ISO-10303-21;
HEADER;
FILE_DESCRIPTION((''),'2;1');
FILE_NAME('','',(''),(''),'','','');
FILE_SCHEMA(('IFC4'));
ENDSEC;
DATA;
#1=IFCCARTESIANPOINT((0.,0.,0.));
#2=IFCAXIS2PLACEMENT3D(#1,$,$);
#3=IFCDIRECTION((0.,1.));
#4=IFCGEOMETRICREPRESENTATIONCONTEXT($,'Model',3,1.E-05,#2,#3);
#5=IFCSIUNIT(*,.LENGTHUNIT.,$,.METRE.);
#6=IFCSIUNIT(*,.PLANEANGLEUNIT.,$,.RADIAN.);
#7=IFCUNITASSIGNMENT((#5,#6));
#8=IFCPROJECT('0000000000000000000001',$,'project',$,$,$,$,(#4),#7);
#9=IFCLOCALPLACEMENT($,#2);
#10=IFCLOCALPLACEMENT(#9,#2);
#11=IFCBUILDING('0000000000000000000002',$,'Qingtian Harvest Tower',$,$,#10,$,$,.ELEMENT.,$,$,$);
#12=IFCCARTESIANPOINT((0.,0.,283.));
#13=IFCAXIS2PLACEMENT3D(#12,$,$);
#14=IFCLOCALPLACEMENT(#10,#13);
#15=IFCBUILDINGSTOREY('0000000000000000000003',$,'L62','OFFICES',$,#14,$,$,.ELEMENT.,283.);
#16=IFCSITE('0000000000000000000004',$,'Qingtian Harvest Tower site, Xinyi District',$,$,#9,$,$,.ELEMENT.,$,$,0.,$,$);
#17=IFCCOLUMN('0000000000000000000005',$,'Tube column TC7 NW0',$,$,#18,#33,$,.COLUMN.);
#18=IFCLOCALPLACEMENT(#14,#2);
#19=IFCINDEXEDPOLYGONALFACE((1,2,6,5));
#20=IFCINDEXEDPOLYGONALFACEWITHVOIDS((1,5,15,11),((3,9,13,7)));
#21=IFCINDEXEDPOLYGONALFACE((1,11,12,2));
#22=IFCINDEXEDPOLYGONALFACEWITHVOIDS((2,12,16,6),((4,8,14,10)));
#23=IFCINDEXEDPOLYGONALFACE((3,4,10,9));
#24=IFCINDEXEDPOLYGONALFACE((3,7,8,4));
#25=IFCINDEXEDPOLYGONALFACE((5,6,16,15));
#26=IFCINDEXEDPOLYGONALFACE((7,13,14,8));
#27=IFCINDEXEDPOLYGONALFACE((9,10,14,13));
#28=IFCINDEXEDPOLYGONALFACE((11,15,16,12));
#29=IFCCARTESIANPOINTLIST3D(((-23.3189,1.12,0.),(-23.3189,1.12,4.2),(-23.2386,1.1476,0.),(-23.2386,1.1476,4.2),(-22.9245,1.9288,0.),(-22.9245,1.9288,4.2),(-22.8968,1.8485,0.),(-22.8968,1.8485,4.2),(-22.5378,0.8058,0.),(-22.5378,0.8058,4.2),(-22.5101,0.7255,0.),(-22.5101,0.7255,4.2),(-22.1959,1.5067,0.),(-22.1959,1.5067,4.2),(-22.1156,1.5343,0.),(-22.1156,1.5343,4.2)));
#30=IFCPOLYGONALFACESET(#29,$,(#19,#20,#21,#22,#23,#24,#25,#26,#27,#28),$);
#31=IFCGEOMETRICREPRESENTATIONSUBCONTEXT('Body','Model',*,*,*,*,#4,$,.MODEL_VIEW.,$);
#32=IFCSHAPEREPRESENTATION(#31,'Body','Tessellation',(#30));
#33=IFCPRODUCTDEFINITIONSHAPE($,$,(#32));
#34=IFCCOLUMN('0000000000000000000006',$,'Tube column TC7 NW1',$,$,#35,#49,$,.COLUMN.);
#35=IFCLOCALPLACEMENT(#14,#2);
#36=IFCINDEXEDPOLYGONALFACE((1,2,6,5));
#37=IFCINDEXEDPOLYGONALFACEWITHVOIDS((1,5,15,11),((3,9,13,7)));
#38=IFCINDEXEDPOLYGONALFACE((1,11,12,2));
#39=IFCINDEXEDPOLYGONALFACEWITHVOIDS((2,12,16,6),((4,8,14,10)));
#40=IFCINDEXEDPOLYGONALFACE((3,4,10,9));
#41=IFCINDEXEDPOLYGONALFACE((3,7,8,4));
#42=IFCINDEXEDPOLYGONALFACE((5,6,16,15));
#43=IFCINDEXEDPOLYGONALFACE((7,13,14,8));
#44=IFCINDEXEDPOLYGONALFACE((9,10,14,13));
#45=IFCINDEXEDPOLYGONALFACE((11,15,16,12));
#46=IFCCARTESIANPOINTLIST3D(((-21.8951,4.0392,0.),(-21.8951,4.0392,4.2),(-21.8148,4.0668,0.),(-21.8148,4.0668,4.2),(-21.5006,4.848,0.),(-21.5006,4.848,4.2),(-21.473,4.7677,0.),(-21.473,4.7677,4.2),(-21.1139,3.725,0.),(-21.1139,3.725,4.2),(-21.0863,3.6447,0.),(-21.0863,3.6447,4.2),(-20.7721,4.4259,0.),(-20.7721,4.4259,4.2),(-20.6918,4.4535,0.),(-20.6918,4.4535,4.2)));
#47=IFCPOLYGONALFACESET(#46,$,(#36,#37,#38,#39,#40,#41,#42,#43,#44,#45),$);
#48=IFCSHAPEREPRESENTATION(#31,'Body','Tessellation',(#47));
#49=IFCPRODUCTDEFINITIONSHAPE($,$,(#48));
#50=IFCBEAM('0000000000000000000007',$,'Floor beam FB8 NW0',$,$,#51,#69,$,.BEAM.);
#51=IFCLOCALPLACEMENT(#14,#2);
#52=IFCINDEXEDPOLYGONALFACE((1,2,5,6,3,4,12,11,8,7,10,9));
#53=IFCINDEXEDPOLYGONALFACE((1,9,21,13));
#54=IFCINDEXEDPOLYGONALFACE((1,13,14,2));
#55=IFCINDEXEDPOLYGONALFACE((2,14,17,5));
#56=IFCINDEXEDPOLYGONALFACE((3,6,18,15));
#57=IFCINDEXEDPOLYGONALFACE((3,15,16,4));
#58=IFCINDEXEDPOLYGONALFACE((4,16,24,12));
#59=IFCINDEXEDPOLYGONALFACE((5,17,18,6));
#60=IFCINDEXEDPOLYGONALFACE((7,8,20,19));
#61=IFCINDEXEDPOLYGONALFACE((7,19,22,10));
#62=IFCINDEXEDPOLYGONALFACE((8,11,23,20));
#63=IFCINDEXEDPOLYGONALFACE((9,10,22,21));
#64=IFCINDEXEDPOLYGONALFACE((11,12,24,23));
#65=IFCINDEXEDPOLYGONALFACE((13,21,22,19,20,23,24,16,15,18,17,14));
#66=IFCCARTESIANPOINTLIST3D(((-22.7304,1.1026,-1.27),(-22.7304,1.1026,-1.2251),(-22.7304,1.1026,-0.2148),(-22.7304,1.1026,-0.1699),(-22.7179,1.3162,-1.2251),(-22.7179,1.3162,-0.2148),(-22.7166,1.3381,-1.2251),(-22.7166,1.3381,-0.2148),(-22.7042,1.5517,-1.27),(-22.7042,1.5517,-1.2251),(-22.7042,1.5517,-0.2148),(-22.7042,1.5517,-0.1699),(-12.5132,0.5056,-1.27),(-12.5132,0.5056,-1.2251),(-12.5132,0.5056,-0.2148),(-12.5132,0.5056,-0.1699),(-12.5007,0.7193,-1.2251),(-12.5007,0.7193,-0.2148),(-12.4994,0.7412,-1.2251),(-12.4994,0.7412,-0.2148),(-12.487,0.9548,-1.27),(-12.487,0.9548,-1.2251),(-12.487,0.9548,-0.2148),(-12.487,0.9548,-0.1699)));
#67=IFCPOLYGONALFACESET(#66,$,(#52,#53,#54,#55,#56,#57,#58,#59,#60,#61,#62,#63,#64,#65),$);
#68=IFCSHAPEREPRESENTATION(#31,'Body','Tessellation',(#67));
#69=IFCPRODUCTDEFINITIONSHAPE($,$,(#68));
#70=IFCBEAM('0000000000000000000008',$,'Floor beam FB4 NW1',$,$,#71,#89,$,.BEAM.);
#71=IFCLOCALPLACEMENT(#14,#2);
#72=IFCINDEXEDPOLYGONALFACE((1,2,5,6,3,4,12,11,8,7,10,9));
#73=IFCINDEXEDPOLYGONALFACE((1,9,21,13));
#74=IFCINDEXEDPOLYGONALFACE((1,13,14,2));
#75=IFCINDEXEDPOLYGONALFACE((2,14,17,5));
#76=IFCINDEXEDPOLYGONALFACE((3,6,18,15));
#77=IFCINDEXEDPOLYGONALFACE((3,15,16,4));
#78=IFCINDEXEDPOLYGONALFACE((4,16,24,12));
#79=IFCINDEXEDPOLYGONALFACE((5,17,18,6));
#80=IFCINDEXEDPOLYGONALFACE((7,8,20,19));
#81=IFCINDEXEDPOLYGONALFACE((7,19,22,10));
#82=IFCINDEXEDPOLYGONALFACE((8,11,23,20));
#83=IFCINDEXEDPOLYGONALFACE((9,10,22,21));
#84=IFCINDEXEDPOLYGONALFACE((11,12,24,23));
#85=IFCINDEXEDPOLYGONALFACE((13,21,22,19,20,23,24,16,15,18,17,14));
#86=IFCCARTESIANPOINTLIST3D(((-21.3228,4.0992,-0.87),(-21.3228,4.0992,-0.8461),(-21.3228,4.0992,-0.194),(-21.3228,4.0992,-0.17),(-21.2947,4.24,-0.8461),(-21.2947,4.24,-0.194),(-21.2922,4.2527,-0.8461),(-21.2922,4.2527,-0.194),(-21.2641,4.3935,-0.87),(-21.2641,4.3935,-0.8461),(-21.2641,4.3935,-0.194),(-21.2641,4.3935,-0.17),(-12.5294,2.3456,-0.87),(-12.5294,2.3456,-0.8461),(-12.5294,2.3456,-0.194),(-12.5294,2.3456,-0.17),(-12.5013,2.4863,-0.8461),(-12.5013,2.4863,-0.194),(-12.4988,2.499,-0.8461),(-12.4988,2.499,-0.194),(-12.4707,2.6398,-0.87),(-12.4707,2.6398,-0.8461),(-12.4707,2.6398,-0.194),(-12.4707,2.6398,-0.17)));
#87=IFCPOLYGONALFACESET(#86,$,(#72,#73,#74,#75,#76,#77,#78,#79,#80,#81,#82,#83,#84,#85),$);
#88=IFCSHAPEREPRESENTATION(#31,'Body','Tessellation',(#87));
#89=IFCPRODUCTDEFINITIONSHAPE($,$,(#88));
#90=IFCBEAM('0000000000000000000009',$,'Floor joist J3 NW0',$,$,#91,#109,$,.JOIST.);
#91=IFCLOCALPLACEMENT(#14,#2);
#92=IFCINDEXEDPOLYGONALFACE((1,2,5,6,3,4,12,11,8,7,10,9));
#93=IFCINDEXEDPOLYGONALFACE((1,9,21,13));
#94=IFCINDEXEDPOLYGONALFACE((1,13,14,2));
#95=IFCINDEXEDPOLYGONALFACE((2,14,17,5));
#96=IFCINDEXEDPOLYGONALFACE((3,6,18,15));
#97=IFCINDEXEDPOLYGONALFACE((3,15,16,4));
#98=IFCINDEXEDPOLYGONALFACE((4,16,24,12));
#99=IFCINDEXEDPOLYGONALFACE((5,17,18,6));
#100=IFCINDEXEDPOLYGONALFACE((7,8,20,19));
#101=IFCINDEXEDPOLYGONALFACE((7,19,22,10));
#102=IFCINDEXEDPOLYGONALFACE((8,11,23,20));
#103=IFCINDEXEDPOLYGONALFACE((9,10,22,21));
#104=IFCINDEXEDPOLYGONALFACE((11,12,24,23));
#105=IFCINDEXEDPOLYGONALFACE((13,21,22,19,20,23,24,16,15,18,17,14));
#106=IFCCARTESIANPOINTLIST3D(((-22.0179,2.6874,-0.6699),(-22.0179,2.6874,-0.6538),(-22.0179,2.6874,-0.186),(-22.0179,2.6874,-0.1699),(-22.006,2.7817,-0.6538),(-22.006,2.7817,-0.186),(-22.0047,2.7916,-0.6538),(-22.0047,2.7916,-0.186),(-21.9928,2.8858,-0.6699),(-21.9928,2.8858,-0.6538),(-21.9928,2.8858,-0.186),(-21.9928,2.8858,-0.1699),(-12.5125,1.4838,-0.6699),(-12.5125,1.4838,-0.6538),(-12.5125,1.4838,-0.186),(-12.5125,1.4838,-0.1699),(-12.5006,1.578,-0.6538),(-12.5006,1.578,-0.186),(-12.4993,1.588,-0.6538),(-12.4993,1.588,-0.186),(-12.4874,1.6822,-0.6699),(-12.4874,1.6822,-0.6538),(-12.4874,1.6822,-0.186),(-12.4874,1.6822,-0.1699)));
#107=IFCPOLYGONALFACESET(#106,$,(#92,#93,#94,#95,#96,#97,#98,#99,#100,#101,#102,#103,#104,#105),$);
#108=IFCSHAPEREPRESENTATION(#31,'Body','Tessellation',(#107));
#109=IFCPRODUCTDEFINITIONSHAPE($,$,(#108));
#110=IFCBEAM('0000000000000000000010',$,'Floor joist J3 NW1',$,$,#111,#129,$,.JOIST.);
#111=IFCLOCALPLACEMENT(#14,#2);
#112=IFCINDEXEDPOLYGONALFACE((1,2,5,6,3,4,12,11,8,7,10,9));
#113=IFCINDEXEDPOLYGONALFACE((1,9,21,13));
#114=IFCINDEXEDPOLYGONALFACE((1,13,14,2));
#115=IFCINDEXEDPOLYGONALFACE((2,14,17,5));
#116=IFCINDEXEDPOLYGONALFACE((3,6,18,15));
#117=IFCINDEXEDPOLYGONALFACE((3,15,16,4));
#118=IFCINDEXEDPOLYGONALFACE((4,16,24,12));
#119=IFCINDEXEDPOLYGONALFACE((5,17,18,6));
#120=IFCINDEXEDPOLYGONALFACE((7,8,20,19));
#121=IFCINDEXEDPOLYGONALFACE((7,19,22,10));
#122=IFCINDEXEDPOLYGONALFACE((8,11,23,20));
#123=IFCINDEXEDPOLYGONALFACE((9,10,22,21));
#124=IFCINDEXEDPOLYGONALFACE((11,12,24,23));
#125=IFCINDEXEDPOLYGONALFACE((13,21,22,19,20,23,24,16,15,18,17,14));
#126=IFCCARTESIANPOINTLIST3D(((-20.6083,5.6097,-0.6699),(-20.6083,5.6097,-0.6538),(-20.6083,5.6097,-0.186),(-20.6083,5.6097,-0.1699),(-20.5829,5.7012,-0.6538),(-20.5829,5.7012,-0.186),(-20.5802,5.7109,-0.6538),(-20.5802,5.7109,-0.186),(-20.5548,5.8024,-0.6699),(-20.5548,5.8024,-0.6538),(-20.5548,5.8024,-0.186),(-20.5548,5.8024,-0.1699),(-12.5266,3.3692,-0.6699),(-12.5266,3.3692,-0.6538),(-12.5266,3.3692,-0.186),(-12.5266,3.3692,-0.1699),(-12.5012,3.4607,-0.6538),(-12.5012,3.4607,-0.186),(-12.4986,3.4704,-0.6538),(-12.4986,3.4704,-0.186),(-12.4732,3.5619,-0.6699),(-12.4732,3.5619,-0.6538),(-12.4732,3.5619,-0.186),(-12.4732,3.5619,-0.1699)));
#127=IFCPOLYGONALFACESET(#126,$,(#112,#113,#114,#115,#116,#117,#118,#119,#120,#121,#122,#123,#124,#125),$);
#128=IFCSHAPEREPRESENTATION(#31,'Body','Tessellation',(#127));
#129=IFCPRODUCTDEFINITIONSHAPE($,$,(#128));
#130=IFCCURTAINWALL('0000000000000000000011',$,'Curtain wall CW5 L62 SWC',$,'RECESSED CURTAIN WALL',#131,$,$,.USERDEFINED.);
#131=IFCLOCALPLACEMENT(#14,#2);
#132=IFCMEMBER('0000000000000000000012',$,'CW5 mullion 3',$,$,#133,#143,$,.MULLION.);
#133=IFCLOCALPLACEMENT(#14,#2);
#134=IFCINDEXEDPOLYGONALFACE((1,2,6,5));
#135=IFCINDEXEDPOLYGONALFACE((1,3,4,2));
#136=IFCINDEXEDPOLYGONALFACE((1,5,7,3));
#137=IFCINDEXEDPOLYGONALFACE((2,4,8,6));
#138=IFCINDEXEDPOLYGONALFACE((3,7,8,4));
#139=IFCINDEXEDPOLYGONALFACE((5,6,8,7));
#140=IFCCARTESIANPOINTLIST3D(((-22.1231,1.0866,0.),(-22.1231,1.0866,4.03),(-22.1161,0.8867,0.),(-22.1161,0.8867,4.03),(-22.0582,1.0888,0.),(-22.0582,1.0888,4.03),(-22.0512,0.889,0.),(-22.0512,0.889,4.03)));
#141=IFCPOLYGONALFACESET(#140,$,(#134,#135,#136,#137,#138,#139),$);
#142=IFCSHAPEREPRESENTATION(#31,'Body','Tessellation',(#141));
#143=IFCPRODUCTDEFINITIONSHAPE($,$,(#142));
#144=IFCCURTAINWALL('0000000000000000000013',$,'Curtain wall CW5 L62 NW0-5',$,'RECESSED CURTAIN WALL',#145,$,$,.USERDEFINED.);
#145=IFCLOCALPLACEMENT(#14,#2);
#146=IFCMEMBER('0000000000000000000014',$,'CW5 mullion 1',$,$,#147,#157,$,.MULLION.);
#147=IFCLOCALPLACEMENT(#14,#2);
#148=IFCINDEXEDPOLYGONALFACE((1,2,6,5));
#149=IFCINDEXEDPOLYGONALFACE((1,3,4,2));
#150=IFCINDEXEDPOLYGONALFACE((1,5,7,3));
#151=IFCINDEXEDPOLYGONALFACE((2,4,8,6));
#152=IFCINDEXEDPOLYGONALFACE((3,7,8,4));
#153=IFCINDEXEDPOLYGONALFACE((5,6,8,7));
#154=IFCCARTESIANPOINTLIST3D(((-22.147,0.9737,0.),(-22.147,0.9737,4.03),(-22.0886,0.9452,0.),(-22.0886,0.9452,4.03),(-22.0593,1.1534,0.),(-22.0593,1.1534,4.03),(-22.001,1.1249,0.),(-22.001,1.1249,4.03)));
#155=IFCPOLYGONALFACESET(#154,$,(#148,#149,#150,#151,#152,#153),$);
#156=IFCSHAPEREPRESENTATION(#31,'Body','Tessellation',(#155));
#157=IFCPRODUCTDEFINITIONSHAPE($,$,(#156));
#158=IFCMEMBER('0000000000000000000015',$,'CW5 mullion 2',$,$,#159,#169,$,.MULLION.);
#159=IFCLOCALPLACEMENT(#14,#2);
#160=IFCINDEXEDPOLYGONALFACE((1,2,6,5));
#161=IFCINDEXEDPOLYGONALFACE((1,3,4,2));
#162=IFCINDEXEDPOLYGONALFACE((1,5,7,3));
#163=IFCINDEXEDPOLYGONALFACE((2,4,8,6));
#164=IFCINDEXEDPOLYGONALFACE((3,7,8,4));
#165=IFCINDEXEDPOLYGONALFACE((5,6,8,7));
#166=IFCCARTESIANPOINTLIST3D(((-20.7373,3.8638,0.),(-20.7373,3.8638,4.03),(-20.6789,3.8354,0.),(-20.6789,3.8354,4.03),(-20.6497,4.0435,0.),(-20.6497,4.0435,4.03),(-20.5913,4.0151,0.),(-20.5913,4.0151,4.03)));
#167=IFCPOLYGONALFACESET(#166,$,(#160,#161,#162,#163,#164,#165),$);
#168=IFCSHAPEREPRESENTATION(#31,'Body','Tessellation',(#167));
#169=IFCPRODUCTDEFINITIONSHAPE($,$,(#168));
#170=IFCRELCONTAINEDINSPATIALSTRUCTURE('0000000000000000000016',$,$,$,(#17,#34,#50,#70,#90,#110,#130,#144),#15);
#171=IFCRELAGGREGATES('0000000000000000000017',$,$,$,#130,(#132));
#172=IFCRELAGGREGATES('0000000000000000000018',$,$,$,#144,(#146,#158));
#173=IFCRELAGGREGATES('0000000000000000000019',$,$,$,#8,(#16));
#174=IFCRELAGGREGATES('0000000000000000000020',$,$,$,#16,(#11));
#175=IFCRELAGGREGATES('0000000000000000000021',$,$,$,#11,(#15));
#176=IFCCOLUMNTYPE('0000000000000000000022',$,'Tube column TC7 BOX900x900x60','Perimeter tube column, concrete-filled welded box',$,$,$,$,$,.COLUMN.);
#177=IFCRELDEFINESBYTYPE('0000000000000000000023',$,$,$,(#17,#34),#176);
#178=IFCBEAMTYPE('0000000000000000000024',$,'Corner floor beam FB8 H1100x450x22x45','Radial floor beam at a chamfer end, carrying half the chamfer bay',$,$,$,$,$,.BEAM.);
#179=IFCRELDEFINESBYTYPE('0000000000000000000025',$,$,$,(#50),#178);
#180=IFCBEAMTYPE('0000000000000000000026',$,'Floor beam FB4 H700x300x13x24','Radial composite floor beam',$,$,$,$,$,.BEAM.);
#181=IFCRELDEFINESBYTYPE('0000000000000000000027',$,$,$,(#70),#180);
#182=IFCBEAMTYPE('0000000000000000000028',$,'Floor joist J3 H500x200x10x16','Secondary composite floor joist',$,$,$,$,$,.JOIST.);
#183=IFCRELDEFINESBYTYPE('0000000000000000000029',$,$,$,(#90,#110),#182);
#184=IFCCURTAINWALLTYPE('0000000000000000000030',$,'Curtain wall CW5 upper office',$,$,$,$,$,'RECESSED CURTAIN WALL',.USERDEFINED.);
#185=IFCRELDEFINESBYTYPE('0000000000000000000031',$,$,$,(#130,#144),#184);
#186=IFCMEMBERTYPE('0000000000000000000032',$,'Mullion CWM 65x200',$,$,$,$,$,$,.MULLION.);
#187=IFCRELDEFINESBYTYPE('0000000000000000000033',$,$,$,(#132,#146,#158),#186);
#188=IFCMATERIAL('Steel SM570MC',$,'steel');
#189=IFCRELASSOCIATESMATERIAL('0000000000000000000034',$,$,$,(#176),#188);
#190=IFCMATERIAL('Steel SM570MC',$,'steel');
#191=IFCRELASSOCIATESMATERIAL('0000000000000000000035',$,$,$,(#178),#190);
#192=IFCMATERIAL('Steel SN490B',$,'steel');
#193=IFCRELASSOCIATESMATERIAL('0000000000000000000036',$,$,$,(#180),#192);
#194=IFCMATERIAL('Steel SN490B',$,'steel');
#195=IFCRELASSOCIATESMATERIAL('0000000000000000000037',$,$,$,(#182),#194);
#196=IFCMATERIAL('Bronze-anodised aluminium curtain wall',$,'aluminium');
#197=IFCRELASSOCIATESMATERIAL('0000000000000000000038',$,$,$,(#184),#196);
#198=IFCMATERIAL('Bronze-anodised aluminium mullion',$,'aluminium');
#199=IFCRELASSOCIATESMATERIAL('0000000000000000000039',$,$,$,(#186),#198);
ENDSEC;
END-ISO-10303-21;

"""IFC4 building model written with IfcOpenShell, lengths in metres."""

from ifc_helpers import new_model, si_unit, direction, frame, origin, origin_2d, place, context, subcontext, project, spatial, rectangle, hollow_rectangle, i_section, extrude, material, material_profile, profile_set, type_object, element, aggregate, save


model = new_model("IFC4")

# Units and contexts
model_context = context("Model", 3, precision=1e-05, world=origin(), true_north=direction((0.0, 1.0)))
body_context = subcontext(model_context, "Body", "Model", "MODEL_VIEW")
ifc_project = project(units=[si_unit("LENGTHUNIT", "METRE"), si_unit("PLANEANGLEUNIT", "RADIAN")], contexts=[model_context])

# Site, building, storey
site_placement = place(None, origin())
site = spatial("IfcSite", under=ifc_project, at=site_placement, Name="Qingtian Harvest Tower site, Xinyi District", CompositionType="ELEMENT", RefElevation=0.0)
building_placement = place(site_placement, origin())
building = spatial("IfcBuilding", under=site, at=building_placement, Name="Qingtian Harvest Tower", CompositionType="ELEMENT")
storey_placement = place(building_placement, frame((0.0, 0.0, 283.0)))
storey = spatial("IfcBuildingStorey", under=building, at=storey_placement, Name="L62", Description="OFFICES", CompositionType="ELEMENT", Elevation=283.0)

# Columns
ifc_material_1 = material(Name="Steel SM570MC", Category="steel")
ifc_material_profile_1 = material_profile(ifc_material_1, hollow_rectangle(XDim=0.8999, YDim=0.8999, WallThickness=0.0601, at=origin_2d()), Name="BOX900x900x60")
ifc_profile_set_1 = profile_set([ifc_material_profile_1], Name="Steel SM570MC")
column_type = type_object("IfcColumnType", Name="Tube column TC7 BOX900x900x60", Description="Perimeter tube column, concrete-filled welded box", PredefinedType="COLUMN", material=ifc_profile_set_1)
for number, where, z_axis, x_axis, name in (
    (1, (-22.7173, 1.3271, 0.0), (0.0, 0.0, 1.0), (-0.438371, -0.898794, 0.0), "Tube column TC7 NW0"),
    (2, (-21.2935, 4.2463, 0.0), (0.0, 0.0, 1.0), (-0.438371, -0.898794, 0.0), "Tube column TC7 NW1"),
):
    element("IfcColumn", number, at=place(storey_placement, frame(where, z_axis=z_axis, x_axis=x_axis)), inside=storey, type_object=column_type, Name=name, PredefinedType="COLUMN", context=body_context, shape_type="SweptSolid", body=[
        extrude(hollow_rectangle(XDim=0.8999, YDim=0.8999, WallThickness=0.0601, at=origin_2d()), origin(), (0.0, 0.0, 1.0), 4.2),
    ])

# Beams
ifc_material_2 = material(Name="Steel SM570MC", Category="steel")
ifc_material_profile_2 = material_profile(ifc_material_2, i_section(OverallWidth=0.45, OverallDepth=1.1001, WebThickness=0.022, FlangeThickness=0.0449, at=origin_2d()), Name="H1100x450x22x45")
ifc_profile_set_2 = profile_set([ifc_material_profile_2], Name="Steel SM570MC")
beam_type_1 = type_object("IfcBeamType", Name="Corner floor beam FB8 H1100x450x22x45", Description="Radial floor beam at a chamfer end, carrying half the chamfer bay", PredefinedType="BEAM", material=ifc_profile_set_2)
beam_1_placement = place(storey_placement, frame((-22.7173, 1.3271, -0.72), z_axis=(0.998298, -0.058323, 0.0), x_axis=(0.058323, 0.998298, 0.0)))
element("IfcBeam", 3, at=beam_1_placement, inside=storey, type_object=beam_type_1, Name="Floor beam FB8 NW0", PredefinedType="BEAM", context=body_context, shape_type="SweptSolid", body=[
    extrude(i_section(OverallWidth=0.45, OverallDepth=1.1001, WebThickness=0.022, FlangeThickness=0.0449, at=origin_2d()), origin(), (0.0, 0.0, 1.0), 10.2346),
])
ifc_material_3 = material(Name="Steel SN490B", Category="steel")
ifc_material_profile_3 = material_profile(ifc_material_3, i_section(OverallWidth=0.3, OverallDepth=0.7, WebThickness=0.0129, FlangeThickness=0.0239, at=origin_2d()), Name="H700x300x13x24")
ifc_profile_set_3 = profile_set([ifc_material_profile_3], Name="Steel SN490B")
beam_type_2 = type_object("IfcBeamType", Name="Floor beam FB4 H700x300x13x24", Description="Radial composite floor beam", PredefinedType="BEAM", material=ifc_profile_set_3)
beam_2_placement = place(storey_placement, frame((-21.2935, 4.2463, -0.52), z_axis=(0.980688, -0.195577, 0.0), x_axis=(0.195577, 0.980688, 0.0)))
element("IfcBeam", 4, at=beam_2_placement, inside=storey, type_object=beam_type_2, Name="Floor beam FB4 NW1", PredefinedType="BEAM", context=body_context, shape_type="SweptSolid", body=[
    extrude(i_section(OverallWidth=0.3, OverallDepth=0.7, WebThickness=0.0129, FlangeThickness=0.0239, at=origin_2d()), origin(), (0.0, 0.0, 1.0), 8.9666),
])
ifc_material_4 = material(Name="Steel SN490B", Category="steel")
ifc_material_profile_4 = material_profile(ifc_material_4, i_section(OverallWidth=0.2, OverallDepth=0.5, WebThickness=0.01, FlangeThickness=0.0161, at=origin_2d()), Name="H500x200x10x16")
ifc_profile_set_4 = profile_set([ifc_material_profile_4], Name="Steel SN490B")
beam_type_3 = type_object("IfcBeamType", Name="Floor joist J3 H500x200x10x16", Description="Secondary composite floor joist", PredefinedType="JOIST", material=ifc_profile_set_4)
beam_3_placement = place(storey_placement, frame((-22.0054, 2.7866, -0.4199), z_axis=(0.992078, -0.125621, 0.0), x_axis=(0.125621, 0.992078, 0.0)))
element("IfcBeam", 5, at=beam_3_placement, inside=storey, type_object=beam_type_3, Name="Floor joist J3 NW0", PredefinedType="JOIST", context=body_context, shape_type="SweptSolid", body=[
    extrude(i_section(OverallWidth=0.2, OverallDepth=0.5, WebThickness=0.01, FlangeThickness=0.0161, at=origin_2d()), origin(), (0.0, 0.0, 1.0), 9.5813),
])
beam_4_placement = place(storey_placement, frame((-20.5815, 5.7061, -0.4199), z_axis=(0.963653, -0.267157, 0.0), x_axis=(0.267157, 0.963653, 0.0)))
element("IfcBeam", 6, at=beam_4_placement, inside=storey, type_object=beam_type_3, Name="Floor joist J3 NW1", PredefinedType="JOIST", context=body_context, shape_type="SweptSolid", body=[
    extrude(i_section(OverallWidth=0.2, OverallDepth=0.5, WebThickness=0.01, FlangeThickness=0.0161, at=origin_2d()), origin(), (0.0, 0.0, 1.0), 8.3865),
])

# Curtain wall, member
ifc_material_5 = material(Name="Bronze-anodised aluminium curtain wall", Category="aluminium")
curtain_wall_type = type_object("IfcCurtainWallType", Name="Curtain wall CW5 upper office", ElementType="RECESSED CURTAIN WALL", PredefinedType="USERDEFINED", material=ifc_material_5)
curtain_wall_1_placement = place(storey_placement, origin())
curtain_wall_1 = element("IfcCurtainWall", 7, at=curtain_wall_1_placement, inside=storey, type_object=curtain_wall_type, Name="Curtain wall CW5 L62 SWC", ObjectType="RECESSED CURTAIN WALL", PredefinedType="USERDEFINED")
ifc_material_6 = material(Name="Bronze-anodised aluminium mullion", Category="aluminium")
ifc_material_profile_5 = material_profile(ifc_material_6, rectangle(XDim=0.0649, YDim=0.2, at=origin_2d()), Name="AL 65x200")
ifc_profile_set_5 = profile_set([ifc_material_profile_5], Name="Bronze-anodised aluminium mullion")
member_type_1 = type_object("IfcMemberType", Name="Mullion CWM 65x200", PredefinedType="MULLION", material=ifc_profile_set_5)
member_1_placement = place(storey_placement, frame((-22.0872, 0.9878, 0.0), z_axis=(0.0, 0.0, 1.0), x_axis=(-0.999391, -0.034899, 0.0)))
member_1 = element("IfcMember", 8, at=member_1_placement, type_object=member_type_1, Name="CW5 mullion 3", PredefinedType="MULLION", context=body_context, shape_type="SweptSolid", body=[
    extrude(rectangle(XDim=0.0649, YDim=0.2, at=origin_2d()), origin(), (0.0, 0.0, 1.0), 4.03),
])

# Curtain wall, members
curtain_wall_2_placement = place(storey_placement, origin())
curtain_wall_2 = element("IfcCurtainWall", 9, at=curtain_wall_2_placement, inside=storey, type_object=curtain_wall_type, Name="Curtain wall CW5 L62 NW0-5", ObjectType="RECESSED CURTAIN WALL", PredefinedType="USERDEFINED")
member_2_placement = place(storey_placement, frame((-22.074, 1.0493, 0.0), z_axis=(0.0, 0.0, 1.0), x_axis=(-0.898794, 0.438371, 0.0)))
member_2 = element("IfcMember", 10, at=member_2_placement, type_object=member_type_1, Name="CW5 mullion 1", PredefinedType="MULLION", context=body_context, shape_type="SweptSolid", body=[
    extrude(rectangle(XDim=0.0649, YDim=0.2, at=origin_2d()), origin(), (0.0, 0.0, 1.0), 4.03),
])
member_3_placement = place(storey_placement, frame((-20.6643, 3.9395, 0.0), z_axis=(0.0, 0.0, 1.0), x_axis=(-0.898794, 0.438371, 0.0)))
member_3 = element("IfcMember", 11, at=member_3_placement, type_object=member_type_1, Name="CW5 mullion 2", PredefinedType="MULLION", context=body_context, shape_type="SweptSolid", body=[
    extrude(rectangle(XDim=0.0649, YDim=0.2, at=origin_2d()), origin(), (0.0, 0.0, 1.0), 4.03),
])

aggregate(curtain_wall_1, [member_1])
aggregate(curtain_wall_2, [member_2, member_3])

save(model, "model.ifc")
